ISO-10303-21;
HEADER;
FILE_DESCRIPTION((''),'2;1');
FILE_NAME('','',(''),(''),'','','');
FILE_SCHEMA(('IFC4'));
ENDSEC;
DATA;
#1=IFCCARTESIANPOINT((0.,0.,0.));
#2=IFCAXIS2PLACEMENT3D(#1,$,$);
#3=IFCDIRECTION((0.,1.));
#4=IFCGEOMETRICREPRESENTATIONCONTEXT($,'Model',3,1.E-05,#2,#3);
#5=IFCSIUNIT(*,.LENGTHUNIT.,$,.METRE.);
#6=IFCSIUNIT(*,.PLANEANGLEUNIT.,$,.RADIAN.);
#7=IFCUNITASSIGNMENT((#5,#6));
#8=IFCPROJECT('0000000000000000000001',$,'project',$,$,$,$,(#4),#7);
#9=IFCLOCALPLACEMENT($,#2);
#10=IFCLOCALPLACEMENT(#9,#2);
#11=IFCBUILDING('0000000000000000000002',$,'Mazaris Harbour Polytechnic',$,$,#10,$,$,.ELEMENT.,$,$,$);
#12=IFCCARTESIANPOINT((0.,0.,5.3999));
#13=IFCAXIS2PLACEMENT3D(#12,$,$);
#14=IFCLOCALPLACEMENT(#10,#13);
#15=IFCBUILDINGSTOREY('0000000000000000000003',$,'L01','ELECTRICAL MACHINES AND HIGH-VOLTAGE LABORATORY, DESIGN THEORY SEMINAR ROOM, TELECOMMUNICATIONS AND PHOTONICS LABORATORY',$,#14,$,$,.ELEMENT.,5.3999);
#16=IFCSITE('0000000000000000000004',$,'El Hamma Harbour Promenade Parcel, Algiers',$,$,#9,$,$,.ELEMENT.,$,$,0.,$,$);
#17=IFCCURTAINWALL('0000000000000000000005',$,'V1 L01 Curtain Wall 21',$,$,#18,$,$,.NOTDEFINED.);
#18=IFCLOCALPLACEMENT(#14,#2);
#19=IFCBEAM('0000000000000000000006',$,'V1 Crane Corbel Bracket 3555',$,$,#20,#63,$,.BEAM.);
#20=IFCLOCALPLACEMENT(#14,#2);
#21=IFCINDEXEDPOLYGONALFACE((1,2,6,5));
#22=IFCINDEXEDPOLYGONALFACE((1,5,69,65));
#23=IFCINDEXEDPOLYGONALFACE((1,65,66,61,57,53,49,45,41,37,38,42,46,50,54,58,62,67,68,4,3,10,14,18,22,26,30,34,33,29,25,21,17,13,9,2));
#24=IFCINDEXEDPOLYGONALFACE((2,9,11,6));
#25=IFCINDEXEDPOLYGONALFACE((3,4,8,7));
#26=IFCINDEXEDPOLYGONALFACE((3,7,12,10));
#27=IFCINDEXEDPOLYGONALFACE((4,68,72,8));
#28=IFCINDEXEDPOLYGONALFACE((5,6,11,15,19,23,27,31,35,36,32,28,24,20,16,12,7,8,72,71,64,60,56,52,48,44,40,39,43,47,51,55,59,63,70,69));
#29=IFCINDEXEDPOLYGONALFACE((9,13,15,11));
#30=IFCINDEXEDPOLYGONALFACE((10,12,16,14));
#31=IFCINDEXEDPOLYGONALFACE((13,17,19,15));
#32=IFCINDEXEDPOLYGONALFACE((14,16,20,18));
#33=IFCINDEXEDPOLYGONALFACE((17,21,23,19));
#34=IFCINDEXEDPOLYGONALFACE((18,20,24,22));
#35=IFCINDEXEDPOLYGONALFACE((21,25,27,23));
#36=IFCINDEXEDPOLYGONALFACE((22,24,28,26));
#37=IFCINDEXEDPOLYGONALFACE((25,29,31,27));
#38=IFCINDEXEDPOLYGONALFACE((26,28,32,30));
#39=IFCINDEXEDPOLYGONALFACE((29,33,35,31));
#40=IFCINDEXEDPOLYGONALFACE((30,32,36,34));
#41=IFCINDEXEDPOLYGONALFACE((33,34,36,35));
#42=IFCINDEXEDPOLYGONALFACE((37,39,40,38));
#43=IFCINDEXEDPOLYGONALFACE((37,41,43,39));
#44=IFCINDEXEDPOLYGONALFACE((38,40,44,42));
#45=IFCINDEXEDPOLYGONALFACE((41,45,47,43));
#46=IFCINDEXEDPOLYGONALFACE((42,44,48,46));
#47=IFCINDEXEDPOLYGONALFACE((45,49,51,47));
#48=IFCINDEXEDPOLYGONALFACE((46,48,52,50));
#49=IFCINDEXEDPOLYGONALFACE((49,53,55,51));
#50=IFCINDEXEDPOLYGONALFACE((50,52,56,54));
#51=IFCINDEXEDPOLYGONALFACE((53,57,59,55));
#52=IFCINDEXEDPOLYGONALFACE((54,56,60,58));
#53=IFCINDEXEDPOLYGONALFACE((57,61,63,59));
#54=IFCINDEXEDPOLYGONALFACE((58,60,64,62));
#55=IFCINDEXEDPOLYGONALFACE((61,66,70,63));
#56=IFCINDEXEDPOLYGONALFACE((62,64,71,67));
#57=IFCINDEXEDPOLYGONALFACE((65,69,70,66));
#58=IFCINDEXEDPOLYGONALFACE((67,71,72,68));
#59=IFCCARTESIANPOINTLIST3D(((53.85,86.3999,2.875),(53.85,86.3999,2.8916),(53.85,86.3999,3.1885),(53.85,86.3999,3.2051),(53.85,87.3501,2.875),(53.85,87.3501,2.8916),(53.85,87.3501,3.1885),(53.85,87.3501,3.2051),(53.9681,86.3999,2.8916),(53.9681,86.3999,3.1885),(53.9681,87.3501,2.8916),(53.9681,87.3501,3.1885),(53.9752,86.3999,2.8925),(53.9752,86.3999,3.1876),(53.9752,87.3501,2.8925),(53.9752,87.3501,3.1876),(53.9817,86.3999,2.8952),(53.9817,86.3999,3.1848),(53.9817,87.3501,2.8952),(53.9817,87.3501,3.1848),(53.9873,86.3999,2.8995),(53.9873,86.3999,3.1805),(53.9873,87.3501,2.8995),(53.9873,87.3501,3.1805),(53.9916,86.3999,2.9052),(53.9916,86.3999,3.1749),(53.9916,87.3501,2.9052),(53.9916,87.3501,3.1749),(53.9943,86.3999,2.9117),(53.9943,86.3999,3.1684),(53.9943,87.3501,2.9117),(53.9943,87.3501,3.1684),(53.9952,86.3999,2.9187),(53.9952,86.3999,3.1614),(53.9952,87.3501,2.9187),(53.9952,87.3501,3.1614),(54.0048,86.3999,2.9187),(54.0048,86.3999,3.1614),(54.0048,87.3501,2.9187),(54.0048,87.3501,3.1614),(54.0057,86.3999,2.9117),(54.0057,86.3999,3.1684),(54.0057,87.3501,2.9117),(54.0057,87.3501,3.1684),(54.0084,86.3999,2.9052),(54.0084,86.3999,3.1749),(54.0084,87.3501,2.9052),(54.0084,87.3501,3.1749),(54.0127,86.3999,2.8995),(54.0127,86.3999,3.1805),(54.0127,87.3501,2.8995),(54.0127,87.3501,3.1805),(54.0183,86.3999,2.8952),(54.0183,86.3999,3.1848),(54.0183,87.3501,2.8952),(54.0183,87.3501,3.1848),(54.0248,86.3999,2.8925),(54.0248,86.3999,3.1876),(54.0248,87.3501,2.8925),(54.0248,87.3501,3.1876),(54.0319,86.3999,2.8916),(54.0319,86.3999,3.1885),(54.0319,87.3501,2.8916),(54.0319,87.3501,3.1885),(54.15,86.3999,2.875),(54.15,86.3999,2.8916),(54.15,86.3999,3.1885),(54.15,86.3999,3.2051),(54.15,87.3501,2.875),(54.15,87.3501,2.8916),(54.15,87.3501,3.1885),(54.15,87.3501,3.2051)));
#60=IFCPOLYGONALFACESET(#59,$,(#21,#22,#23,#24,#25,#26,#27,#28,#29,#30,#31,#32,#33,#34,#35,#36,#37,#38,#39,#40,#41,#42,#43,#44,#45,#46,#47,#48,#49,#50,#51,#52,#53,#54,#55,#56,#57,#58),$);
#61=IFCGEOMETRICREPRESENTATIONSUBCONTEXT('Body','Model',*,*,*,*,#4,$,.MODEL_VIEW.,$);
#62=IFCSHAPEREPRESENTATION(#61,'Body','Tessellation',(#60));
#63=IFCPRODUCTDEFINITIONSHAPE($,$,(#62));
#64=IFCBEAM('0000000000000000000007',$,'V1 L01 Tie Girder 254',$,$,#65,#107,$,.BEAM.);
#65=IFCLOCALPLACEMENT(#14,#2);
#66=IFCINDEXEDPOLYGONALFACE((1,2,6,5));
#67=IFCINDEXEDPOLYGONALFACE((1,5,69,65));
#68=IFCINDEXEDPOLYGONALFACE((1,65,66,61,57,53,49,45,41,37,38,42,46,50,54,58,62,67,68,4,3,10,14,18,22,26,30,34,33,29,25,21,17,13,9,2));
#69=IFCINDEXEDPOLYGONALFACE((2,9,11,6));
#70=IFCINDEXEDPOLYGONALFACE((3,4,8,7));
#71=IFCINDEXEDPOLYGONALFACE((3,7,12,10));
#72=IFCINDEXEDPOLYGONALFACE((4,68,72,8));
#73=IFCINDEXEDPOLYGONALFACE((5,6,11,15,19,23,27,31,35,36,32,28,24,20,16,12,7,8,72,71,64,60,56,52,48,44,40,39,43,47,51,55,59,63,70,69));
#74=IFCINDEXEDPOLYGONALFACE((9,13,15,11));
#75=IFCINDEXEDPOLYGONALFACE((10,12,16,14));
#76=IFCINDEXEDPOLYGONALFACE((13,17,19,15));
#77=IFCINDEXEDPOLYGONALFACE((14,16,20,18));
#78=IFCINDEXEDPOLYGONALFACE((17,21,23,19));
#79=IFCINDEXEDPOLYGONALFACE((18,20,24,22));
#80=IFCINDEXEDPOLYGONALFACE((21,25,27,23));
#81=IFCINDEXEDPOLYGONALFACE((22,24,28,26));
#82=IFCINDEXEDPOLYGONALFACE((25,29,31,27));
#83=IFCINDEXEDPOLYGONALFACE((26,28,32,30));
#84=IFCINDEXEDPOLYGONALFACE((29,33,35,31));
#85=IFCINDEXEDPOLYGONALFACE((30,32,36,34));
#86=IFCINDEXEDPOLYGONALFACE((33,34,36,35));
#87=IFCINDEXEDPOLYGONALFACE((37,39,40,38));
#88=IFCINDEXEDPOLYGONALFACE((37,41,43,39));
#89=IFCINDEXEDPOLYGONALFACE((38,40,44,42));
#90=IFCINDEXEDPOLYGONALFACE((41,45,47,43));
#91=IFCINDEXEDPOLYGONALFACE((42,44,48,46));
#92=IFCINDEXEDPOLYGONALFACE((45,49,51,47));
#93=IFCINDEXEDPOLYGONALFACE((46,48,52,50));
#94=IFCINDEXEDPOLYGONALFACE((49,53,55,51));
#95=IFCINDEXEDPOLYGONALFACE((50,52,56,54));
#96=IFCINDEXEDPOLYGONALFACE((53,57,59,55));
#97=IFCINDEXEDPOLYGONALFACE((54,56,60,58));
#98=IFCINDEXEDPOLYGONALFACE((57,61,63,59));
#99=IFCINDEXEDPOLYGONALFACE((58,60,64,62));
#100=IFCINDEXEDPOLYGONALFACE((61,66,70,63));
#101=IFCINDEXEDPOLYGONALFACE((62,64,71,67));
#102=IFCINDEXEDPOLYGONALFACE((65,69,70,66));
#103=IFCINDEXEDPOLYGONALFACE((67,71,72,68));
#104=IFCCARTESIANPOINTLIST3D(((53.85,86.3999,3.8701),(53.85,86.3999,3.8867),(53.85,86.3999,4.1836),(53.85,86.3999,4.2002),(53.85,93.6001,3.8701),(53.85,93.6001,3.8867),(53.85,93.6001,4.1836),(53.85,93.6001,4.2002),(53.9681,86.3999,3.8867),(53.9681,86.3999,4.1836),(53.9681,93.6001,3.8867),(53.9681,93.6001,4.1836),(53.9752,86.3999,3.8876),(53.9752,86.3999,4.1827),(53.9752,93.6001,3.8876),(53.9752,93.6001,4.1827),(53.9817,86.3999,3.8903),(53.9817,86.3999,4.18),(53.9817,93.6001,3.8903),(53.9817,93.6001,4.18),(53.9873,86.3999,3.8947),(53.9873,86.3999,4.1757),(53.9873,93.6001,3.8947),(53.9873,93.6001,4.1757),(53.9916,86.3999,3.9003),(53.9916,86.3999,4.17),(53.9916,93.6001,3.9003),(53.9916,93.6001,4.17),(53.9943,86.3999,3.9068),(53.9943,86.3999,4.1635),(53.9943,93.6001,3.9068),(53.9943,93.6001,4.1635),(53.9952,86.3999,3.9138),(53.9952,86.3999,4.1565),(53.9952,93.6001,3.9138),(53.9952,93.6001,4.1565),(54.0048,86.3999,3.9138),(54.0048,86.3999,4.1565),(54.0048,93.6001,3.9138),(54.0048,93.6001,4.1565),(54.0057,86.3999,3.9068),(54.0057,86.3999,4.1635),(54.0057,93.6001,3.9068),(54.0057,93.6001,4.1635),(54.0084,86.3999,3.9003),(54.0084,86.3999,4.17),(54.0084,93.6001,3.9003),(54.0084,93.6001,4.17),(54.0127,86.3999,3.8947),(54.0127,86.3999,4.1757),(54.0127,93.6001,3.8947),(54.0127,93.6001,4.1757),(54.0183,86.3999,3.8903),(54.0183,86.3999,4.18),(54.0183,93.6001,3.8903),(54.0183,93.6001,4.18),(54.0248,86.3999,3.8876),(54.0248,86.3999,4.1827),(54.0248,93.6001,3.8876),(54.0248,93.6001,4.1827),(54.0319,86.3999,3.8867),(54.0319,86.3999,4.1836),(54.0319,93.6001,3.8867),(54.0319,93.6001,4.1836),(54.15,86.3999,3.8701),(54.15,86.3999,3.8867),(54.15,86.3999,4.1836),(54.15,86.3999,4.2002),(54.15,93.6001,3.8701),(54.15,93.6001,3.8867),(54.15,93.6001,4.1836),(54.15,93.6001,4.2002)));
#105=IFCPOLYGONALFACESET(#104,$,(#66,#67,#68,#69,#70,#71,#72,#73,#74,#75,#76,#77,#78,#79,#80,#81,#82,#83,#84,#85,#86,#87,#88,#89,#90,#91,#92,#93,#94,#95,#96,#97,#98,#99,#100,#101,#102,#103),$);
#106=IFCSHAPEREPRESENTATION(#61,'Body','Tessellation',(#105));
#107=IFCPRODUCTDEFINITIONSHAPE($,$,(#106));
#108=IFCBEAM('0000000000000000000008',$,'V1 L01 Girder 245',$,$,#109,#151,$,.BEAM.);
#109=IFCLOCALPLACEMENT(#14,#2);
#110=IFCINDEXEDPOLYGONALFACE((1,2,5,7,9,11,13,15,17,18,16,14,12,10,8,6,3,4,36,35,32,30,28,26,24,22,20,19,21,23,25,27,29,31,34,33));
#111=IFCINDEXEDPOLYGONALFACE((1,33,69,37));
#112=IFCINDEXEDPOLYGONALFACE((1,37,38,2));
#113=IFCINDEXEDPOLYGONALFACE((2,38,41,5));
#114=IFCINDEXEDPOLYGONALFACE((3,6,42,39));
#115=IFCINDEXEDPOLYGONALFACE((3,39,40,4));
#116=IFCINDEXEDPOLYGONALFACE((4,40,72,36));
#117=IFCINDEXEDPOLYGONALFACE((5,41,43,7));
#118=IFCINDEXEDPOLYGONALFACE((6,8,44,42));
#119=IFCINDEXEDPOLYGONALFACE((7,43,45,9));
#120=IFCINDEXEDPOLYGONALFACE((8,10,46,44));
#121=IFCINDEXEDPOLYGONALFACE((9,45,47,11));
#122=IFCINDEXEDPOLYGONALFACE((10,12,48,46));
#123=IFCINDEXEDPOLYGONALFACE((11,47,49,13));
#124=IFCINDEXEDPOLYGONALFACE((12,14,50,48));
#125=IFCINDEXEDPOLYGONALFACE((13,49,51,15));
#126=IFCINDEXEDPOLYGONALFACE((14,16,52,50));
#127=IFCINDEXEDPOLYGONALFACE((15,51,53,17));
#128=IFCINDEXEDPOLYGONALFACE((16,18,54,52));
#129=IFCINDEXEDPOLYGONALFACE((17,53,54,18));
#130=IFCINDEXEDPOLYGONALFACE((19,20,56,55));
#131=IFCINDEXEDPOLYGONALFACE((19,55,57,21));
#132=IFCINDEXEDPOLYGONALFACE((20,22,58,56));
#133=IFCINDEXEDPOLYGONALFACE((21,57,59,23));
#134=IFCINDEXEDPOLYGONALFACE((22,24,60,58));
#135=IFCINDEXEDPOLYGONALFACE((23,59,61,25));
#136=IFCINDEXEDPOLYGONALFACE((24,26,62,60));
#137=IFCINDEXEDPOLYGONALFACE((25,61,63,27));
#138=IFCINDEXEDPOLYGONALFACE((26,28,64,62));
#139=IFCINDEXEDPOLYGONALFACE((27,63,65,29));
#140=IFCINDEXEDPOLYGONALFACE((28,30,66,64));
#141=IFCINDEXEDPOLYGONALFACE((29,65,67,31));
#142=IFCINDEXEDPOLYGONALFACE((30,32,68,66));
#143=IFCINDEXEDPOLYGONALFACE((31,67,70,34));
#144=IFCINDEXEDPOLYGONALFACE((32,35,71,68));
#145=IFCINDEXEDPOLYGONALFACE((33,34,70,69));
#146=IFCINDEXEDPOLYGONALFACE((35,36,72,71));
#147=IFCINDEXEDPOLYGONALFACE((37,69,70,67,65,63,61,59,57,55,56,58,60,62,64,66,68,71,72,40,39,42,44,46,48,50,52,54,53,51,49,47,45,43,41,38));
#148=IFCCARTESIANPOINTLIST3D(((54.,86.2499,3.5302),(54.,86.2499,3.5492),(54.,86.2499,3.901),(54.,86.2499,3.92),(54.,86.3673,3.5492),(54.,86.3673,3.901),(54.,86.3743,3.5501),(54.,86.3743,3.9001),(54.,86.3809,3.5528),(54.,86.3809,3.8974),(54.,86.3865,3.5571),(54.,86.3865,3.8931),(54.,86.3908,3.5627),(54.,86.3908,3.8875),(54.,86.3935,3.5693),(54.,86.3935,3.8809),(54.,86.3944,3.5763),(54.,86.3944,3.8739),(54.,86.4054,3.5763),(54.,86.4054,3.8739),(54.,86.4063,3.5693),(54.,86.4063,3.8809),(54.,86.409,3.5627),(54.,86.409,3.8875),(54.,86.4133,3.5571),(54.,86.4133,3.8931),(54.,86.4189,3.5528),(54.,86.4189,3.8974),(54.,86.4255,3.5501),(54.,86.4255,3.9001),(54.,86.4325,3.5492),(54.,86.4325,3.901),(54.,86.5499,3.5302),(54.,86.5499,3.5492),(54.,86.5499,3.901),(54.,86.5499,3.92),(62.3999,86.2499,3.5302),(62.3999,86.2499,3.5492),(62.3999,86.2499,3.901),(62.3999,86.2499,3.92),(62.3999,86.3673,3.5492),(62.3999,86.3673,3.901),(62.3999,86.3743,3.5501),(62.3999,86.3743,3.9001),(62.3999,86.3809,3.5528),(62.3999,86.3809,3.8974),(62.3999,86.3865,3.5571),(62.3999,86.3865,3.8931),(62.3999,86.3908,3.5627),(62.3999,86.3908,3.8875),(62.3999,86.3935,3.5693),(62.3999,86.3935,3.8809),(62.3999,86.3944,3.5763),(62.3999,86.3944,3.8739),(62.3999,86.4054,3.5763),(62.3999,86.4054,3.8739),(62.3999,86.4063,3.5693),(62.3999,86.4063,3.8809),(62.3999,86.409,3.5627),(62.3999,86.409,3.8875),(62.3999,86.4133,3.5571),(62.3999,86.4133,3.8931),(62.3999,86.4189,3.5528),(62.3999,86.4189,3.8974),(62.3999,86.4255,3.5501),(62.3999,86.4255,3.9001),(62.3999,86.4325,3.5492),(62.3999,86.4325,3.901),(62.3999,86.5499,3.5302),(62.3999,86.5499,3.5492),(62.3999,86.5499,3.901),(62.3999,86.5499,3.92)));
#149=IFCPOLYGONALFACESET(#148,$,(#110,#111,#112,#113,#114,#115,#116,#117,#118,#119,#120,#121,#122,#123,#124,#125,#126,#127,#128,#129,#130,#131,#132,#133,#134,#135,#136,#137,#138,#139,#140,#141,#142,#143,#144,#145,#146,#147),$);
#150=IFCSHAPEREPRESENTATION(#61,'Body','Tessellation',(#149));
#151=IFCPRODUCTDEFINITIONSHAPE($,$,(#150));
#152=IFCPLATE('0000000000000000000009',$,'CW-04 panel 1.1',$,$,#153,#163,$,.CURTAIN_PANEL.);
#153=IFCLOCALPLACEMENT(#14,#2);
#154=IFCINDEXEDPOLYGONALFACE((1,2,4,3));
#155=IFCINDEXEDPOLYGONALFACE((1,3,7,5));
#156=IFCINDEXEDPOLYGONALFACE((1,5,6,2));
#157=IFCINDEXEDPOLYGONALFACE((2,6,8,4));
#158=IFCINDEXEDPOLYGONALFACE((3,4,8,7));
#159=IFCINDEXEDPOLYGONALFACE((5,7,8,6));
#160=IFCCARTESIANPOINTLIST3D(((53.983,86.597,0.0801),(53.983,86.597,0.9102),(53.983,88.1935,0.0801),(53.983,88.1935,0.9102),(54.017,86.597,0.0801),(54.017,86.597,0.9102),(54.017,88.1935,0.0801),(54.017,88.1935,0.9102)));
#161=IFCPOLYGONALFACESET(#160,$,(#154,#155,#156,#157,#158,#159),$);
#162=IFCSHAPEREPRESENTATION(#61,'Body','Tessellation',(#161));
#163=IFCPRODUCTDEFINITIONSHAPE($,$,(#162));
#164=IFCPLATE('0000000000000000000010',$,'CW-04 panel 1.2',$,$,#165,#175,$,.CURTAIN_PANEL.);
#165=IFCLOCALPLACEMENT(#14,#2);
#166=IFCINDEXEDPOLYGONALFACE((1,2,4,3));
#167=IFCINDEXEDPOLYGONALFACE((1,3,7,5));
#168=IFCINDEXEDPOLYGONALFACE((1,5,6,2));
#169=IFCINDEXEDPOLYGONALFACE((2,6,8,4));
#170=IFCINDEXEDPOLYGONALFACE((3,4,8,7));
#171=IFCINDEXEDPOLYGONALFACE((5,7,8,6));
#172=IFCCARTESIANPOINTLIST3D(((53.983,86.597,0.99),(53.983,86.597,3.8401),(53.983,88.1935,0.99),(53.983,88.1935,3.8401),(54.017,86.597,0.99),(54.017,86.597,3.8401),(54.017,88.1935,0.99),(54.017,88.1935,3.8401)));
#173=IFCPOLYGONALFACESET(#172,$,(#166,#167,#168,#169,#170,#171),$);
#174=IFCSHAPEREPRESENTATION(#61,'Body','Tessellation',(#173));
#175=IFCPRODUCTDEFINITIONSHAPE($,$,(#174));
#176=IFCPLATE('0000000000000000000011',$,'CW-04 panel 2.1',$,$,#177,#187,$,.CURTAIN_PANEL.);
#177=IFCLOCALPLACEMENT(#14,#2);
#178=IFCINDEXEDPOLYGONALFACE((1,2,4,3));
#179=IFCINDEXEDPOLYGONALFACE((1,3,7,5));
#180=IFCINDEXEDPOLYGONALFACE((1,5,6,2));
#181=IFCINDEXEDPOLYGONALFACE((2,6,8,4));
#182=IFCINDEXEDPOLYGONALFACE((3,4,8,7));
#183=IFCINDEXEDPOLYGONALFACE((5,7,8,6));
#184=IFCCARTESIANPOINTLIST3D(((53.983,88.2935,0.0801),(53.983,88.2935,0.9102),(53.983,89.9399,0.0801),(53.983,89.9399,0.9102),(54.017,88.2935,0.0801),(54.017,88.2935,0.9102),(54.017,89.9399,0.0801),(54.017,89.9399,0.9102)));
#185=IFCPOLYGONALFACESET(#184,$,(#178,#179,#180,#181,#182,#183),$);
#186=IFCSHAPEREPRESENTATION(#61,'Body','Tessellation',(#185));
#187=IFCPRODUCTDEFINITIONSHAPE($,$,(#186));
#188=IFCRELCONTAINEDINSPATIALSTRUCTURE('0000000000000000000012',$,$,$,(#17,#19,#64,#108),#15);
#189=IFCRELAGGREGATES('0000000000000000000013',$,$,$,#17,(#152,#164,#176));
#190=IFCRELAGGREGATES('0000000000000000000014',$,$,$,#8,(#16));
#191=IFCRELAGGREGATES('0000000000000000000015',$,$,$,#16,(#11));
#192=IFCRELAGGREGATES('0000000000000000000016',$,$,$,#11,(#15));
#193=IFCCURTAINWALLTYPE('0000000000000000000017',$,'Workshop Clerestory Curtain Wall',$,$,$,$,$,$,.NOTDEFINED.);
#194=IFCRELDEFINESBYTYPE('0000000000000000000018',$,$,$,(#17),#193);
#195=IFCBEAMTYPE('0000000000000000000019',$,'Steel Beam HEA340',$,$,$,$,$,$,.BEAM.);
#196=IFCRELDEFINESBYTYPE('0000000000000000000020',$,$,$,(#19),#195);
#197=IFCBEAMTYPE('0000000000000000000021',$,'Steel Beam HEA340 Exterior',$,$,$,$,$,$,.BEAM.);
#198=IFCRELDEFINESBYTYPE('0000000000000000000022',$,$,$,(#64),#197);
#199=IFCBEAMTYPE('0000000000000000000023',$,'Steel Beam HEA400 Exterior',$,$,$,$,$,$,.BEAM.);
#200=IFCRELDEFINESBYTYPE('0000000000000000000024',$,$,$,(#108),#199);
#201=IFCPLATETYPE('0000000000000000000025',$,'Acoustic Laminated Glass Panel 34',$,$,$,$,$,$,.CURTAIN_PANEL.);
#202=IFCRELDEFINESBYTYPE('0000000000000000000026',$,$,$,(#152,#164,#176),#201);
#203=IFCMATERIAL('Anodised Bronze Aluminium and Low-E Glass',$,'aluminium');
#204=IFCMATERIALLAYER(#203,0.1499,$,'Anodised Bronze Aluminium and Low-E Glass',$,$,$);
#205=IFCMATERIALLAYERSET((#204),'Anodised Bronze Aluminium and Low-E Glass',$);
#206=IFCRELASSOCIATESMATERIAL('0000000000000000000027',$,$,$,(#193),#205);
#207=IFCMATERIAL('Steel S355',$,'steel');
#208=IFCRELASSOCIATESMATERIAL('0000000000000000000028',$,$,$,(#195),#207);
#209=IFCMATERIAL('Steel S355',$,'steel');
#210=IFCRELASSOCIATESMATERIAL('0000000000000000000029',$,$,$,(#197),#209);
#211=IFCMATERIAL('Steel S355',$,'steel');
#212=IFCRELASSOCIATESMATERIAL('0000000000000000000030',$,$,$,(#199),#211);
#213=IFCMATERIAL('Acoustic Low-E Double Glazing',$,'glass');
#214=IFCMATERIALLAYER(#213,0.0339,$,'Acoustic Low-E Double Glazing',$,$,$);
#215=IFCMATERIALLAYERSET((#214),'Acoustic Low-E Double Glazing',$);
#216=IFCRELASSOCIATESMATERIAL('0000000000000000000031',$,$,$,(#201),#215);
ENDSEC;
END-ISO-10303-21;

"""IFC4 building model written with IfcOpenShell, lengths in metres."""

from ifc_helpers import new_model, si_unit, direction, frame, origin, origin_2d, place, context, subcontext, project, spatial, rectangle, i_section, extrude, material, layer, layer_set, material_profile, profile_set, type_object, element, aggregate, save


model = new_model("IFC4")

# Units and contexts
model_context = context("Model", 3, precision=1e-05, world=origin(), true_north=direction((0.0, 1.0)))
body_context = subcontext(model_context, "Body", "Model", "MODEL_VIEW")
ifc_project = project(units=[si_unit("LENGTHUNIT", "METRE"), si_unit("PLANEANGLEUNIT", "RADIAN")], contexts=[model_context])

# Site, building, storey
site_placement = place(None, origin())
site = spatial("IfcSite", under=ifc_project, at=site_placement, Name="El Hamma Harbour Promenade Parcel, Algiers", CompositionType="ELEMENT", RefElevation=0.0)
building_placement = place(site_placement, origin())
building = spatial("IfcBuilding", under=site, at=building_placement, Name="Mazaris Harbour Polytechnic", CompositionType="ELEMENT")
storey_placement = place(building_placement, frame((0.0, 0.0, 5.3999)))
storey = spatial("IfcBuildingStorey", under=building, at=storey_placement, Name="L01", Description="ELECTRICAL MACHINES AND HIGH-VOLTAGE LABORATORY, DESIGN THEORY SEMINAR ROOM, TELECOMMUNICATIONS AND PHOTONICS LABORATORY", CompositionType="ELEMENT", Elevation=5.3999)

# Curtain wall
ifc_material_1 = material(Name="Anodised Bronze Aluminium and Low-E Glass", Category="aluminium")
ifc_layer_1 = layer(ifc_material_1, 0.1499, Name="Anodised Bronze Aluminium and Low-E Glass")
ifc_layer_set_1 = layer_set([ifc_layer_1], Name="Anodised Bronze Aluminium and Low-E Glass")
curtain_wall_type_1 = type_object("IfcCurtainWallType", Name="Workshop Clerestory Curtain Wall", PredefinedType="NOTDEFINED", material=ifc_layer_set_1)
curtain_wall_1_placement = place(storey_placement, origin())
curtain_wall_1 = element("IfcCurtainWall", 1, at=curtain_wall_1_placement, inside=storey, type_object=curtain_wall_type_1, Name="V1 L01 Curtain Wall 21", PredefinedType="NOTDEFINED")

# Beams
ifc_material_2 = material(Name="Steel S355", Category="steel")
ifc_material_profile_1 = material_profile(ifc_material_2, i_section(OverallWidth=0.3, OverallDepth=0.3301, WebThickness=0.0095, FlangeThickness=0.0166, FilletRadius=0.0271, at=origin_2d()), Name="HEA 340")
ifc_profile_set_1 = profile_set([ifc_material_profile_1], Name="Steel S355")
beam_type_1 = type_object("IfcBeamType", Name="Steel Beam HEA340", PredefinedType="BEAM", material=ifc_profile_set_1)
beam_1_placement = place(storey_placement, frame((54.0, 86.3999, 3.04), z_axis=(0.0, 1.0, 0.0), x_axis=(-1.0, 0.0, 0.0)))
element("IfcBeam", 2, at=beam_1_placement, inside=storey, type_object=beam_type_1, Name="V1 Crane Corbel Bracket 3555", PredefinedType="BEAM", context=body_context, shape_type="SweptSolid", body=[
    extrude(i_section(OverallWidth=0.3, OverallDepth=0.3301, WebThickness=0.0095, FlangeThickness=0.0166, FilletRadius=0.0271, at=origin_2d()), origin(), (0.0, 0.0, 1.0), 0.9502),
])
ifc_material_3 = material(Name="Steel S355", Category="steel")
ifc_material_profile_2 = material_profile(ifc_material_3, i_section(OverallWidth=0.3, OverallDepth=0.3301, WebThickness=0.0095, FlangeThickness=0.0166, FilletRadius=0.0271, at=origin_2d()), Name="HEA 340")
ifc_profile_set_2 = profile_set([ifc_material_profile_2], Name="Steel S355")
beam_type_2 = type_object("IfcBeamType", Name="Steel Beam HEA340 Exterior", PredefinedType="BEAM", material=ifc_profile_set_2)
beam_2_placement = place(storey_placement, frame((54.0, 86.3999, 4.0352), z_axis=(0.0, 1.0, 0.0), x_axis=(-1.0, 0.0, 0.0)))
element("IfcBeam", 3, at=beam_2_placement, inside=storey, type_object=beam_type_2, Name="V1 L01 Tie Girder 254", PredefinedType="BEAM", context=body_context, shape_type="SweptSolid", body=[
    extrude(i_section(OverallWidth=0.3, OverallDepth=0.3301, WebThickness=0.0095, FlangeThickness=0.0166, FilletRadius=0.0271, at=origin_2d()), origin(), (0.0, 0.0, 1.0), 7.2002),
])
ifc_material_4 = material(Name="Steel S355", Category="steel")
ifc_material_profile_3 = material_profile(ifc_material_4, i_section(OverallWidth=0.3, OverallDepth=0.3899, WebThickness=0.011, FlangeThickness=0.019, FilletRadius=0.0271, at=origin_2d()), Name="HEA 400")
ifc_profile_set_3 = profile_set([ifc_material_profile_3], Name="Steel S355")
beam_type_3 = type_object("IfcBeamType", Name="Steel Beam HEA400 Exterior", PredefinedType="BEAM", material=ifc_profile_set_3)
beam_3_placement = place(storey_placement, frame((54.0, 86.3999, 3.7251), z_axis=(1.0, 0.0, 0.0), x_axis=(0.0, 1.0, 0.0)))
element("IfcBeam", 4, at=beam_3_placement, inside=storey, type_object=beam_type_3, Name="V1 L01 Girder 245", PredefinedType="BEAM", context=body_context, shape_type="SweptSolid", body=[
    extrude(i_section(OverallWidth=0.3, OverallDepth=0.3899, WebThickness=0.011, FlangeThickness=0.019, FilletRadius=0.0271, at=origin_2d()), origin(), (0.0, 0.0, 1.0), 8.3999),
])

# Plates
ifc_material_5 = material(Name="Acoustic Low-E Double Glazing", Category="glass")
ifc_layer_2 = layer(ifc_material_5, 0.0339, Name="Acoustic Low-E Double Glazing")
ifc_layer_set_2 = layer_set([ifc_layer_2], Name="Acoustic Low-E Double Glazing")
plate_type_1 = type_object("IfcPlateType", Name="Acoustic Laminated Glass Panel 34", PredefinedType="CURTAIN_PANEL", material=ifc_layer_set_2)
plate_1_placement = place(storey_placement, frame((54.0, 87.3953, 0.0801), z_axis=(0.0, 0.0, 1.0), x_axis=(0.0, 1.0, 0.0)))
plate_1 = element("IfcPlate", 5, at=plate_1_placement, type_object=plate_type_1, Name="CW-04 panel 1.1", PredefinedType="CURTAIN_PANEL", context=body_context, shape_type="SweptSolid", body=[
    extrude(rectangle(XDim=1.5964, YDim=0.0339, at=origin_2d()), origin(), (0.0, 0.0, 1.0), 0.8301),
])
plate_2_placement = place(storey_placement, frame((54.0, 87.3953, 0.99), z_axis=(0.0, 0.0, 1.0), x_axis=(0.0, 1.0, 0.0)))
plate_2 = element("IfcPlate", 6, at=plate_2_placement, type_object=plate_type_1, Name="CW-04 panel 1.2", PredefinedType="CURTAIN_PANEL", context=body_context, shape_type="SweptSolid", body=[
    extrude(rectangle(XDim=1.5964, YDim=0.0339, at=origin_2d()), origin(), (0.0, 0.0, 1.0), 2.8501),
])
plate_3_placement = place(storey_placement, frame((54.0, 89.1167, 0.0801), z_axis=(0.0, 0.0, 1.0), x_axis=(0.0, 1.0, 0.0)))
plate_3 = element("IfcPlate", 7, at=plate_3_placement, type_object=plate_type_1, Name="CW-04 panel 2.1", PredefinedType="CURTAIN_PANEL", context=body_context, shape_type="SweptSolid", body=[
    extrude(rectangle(XDim=1.6465, YDim=0.0339, at=origin_2d()), origin(), (0.0, 0.0, 1.0), 0.8301),
])
aggregate(curtain_wall_1, [plate_1, plate_2, plate_3])

save(model, "model.ifc")
